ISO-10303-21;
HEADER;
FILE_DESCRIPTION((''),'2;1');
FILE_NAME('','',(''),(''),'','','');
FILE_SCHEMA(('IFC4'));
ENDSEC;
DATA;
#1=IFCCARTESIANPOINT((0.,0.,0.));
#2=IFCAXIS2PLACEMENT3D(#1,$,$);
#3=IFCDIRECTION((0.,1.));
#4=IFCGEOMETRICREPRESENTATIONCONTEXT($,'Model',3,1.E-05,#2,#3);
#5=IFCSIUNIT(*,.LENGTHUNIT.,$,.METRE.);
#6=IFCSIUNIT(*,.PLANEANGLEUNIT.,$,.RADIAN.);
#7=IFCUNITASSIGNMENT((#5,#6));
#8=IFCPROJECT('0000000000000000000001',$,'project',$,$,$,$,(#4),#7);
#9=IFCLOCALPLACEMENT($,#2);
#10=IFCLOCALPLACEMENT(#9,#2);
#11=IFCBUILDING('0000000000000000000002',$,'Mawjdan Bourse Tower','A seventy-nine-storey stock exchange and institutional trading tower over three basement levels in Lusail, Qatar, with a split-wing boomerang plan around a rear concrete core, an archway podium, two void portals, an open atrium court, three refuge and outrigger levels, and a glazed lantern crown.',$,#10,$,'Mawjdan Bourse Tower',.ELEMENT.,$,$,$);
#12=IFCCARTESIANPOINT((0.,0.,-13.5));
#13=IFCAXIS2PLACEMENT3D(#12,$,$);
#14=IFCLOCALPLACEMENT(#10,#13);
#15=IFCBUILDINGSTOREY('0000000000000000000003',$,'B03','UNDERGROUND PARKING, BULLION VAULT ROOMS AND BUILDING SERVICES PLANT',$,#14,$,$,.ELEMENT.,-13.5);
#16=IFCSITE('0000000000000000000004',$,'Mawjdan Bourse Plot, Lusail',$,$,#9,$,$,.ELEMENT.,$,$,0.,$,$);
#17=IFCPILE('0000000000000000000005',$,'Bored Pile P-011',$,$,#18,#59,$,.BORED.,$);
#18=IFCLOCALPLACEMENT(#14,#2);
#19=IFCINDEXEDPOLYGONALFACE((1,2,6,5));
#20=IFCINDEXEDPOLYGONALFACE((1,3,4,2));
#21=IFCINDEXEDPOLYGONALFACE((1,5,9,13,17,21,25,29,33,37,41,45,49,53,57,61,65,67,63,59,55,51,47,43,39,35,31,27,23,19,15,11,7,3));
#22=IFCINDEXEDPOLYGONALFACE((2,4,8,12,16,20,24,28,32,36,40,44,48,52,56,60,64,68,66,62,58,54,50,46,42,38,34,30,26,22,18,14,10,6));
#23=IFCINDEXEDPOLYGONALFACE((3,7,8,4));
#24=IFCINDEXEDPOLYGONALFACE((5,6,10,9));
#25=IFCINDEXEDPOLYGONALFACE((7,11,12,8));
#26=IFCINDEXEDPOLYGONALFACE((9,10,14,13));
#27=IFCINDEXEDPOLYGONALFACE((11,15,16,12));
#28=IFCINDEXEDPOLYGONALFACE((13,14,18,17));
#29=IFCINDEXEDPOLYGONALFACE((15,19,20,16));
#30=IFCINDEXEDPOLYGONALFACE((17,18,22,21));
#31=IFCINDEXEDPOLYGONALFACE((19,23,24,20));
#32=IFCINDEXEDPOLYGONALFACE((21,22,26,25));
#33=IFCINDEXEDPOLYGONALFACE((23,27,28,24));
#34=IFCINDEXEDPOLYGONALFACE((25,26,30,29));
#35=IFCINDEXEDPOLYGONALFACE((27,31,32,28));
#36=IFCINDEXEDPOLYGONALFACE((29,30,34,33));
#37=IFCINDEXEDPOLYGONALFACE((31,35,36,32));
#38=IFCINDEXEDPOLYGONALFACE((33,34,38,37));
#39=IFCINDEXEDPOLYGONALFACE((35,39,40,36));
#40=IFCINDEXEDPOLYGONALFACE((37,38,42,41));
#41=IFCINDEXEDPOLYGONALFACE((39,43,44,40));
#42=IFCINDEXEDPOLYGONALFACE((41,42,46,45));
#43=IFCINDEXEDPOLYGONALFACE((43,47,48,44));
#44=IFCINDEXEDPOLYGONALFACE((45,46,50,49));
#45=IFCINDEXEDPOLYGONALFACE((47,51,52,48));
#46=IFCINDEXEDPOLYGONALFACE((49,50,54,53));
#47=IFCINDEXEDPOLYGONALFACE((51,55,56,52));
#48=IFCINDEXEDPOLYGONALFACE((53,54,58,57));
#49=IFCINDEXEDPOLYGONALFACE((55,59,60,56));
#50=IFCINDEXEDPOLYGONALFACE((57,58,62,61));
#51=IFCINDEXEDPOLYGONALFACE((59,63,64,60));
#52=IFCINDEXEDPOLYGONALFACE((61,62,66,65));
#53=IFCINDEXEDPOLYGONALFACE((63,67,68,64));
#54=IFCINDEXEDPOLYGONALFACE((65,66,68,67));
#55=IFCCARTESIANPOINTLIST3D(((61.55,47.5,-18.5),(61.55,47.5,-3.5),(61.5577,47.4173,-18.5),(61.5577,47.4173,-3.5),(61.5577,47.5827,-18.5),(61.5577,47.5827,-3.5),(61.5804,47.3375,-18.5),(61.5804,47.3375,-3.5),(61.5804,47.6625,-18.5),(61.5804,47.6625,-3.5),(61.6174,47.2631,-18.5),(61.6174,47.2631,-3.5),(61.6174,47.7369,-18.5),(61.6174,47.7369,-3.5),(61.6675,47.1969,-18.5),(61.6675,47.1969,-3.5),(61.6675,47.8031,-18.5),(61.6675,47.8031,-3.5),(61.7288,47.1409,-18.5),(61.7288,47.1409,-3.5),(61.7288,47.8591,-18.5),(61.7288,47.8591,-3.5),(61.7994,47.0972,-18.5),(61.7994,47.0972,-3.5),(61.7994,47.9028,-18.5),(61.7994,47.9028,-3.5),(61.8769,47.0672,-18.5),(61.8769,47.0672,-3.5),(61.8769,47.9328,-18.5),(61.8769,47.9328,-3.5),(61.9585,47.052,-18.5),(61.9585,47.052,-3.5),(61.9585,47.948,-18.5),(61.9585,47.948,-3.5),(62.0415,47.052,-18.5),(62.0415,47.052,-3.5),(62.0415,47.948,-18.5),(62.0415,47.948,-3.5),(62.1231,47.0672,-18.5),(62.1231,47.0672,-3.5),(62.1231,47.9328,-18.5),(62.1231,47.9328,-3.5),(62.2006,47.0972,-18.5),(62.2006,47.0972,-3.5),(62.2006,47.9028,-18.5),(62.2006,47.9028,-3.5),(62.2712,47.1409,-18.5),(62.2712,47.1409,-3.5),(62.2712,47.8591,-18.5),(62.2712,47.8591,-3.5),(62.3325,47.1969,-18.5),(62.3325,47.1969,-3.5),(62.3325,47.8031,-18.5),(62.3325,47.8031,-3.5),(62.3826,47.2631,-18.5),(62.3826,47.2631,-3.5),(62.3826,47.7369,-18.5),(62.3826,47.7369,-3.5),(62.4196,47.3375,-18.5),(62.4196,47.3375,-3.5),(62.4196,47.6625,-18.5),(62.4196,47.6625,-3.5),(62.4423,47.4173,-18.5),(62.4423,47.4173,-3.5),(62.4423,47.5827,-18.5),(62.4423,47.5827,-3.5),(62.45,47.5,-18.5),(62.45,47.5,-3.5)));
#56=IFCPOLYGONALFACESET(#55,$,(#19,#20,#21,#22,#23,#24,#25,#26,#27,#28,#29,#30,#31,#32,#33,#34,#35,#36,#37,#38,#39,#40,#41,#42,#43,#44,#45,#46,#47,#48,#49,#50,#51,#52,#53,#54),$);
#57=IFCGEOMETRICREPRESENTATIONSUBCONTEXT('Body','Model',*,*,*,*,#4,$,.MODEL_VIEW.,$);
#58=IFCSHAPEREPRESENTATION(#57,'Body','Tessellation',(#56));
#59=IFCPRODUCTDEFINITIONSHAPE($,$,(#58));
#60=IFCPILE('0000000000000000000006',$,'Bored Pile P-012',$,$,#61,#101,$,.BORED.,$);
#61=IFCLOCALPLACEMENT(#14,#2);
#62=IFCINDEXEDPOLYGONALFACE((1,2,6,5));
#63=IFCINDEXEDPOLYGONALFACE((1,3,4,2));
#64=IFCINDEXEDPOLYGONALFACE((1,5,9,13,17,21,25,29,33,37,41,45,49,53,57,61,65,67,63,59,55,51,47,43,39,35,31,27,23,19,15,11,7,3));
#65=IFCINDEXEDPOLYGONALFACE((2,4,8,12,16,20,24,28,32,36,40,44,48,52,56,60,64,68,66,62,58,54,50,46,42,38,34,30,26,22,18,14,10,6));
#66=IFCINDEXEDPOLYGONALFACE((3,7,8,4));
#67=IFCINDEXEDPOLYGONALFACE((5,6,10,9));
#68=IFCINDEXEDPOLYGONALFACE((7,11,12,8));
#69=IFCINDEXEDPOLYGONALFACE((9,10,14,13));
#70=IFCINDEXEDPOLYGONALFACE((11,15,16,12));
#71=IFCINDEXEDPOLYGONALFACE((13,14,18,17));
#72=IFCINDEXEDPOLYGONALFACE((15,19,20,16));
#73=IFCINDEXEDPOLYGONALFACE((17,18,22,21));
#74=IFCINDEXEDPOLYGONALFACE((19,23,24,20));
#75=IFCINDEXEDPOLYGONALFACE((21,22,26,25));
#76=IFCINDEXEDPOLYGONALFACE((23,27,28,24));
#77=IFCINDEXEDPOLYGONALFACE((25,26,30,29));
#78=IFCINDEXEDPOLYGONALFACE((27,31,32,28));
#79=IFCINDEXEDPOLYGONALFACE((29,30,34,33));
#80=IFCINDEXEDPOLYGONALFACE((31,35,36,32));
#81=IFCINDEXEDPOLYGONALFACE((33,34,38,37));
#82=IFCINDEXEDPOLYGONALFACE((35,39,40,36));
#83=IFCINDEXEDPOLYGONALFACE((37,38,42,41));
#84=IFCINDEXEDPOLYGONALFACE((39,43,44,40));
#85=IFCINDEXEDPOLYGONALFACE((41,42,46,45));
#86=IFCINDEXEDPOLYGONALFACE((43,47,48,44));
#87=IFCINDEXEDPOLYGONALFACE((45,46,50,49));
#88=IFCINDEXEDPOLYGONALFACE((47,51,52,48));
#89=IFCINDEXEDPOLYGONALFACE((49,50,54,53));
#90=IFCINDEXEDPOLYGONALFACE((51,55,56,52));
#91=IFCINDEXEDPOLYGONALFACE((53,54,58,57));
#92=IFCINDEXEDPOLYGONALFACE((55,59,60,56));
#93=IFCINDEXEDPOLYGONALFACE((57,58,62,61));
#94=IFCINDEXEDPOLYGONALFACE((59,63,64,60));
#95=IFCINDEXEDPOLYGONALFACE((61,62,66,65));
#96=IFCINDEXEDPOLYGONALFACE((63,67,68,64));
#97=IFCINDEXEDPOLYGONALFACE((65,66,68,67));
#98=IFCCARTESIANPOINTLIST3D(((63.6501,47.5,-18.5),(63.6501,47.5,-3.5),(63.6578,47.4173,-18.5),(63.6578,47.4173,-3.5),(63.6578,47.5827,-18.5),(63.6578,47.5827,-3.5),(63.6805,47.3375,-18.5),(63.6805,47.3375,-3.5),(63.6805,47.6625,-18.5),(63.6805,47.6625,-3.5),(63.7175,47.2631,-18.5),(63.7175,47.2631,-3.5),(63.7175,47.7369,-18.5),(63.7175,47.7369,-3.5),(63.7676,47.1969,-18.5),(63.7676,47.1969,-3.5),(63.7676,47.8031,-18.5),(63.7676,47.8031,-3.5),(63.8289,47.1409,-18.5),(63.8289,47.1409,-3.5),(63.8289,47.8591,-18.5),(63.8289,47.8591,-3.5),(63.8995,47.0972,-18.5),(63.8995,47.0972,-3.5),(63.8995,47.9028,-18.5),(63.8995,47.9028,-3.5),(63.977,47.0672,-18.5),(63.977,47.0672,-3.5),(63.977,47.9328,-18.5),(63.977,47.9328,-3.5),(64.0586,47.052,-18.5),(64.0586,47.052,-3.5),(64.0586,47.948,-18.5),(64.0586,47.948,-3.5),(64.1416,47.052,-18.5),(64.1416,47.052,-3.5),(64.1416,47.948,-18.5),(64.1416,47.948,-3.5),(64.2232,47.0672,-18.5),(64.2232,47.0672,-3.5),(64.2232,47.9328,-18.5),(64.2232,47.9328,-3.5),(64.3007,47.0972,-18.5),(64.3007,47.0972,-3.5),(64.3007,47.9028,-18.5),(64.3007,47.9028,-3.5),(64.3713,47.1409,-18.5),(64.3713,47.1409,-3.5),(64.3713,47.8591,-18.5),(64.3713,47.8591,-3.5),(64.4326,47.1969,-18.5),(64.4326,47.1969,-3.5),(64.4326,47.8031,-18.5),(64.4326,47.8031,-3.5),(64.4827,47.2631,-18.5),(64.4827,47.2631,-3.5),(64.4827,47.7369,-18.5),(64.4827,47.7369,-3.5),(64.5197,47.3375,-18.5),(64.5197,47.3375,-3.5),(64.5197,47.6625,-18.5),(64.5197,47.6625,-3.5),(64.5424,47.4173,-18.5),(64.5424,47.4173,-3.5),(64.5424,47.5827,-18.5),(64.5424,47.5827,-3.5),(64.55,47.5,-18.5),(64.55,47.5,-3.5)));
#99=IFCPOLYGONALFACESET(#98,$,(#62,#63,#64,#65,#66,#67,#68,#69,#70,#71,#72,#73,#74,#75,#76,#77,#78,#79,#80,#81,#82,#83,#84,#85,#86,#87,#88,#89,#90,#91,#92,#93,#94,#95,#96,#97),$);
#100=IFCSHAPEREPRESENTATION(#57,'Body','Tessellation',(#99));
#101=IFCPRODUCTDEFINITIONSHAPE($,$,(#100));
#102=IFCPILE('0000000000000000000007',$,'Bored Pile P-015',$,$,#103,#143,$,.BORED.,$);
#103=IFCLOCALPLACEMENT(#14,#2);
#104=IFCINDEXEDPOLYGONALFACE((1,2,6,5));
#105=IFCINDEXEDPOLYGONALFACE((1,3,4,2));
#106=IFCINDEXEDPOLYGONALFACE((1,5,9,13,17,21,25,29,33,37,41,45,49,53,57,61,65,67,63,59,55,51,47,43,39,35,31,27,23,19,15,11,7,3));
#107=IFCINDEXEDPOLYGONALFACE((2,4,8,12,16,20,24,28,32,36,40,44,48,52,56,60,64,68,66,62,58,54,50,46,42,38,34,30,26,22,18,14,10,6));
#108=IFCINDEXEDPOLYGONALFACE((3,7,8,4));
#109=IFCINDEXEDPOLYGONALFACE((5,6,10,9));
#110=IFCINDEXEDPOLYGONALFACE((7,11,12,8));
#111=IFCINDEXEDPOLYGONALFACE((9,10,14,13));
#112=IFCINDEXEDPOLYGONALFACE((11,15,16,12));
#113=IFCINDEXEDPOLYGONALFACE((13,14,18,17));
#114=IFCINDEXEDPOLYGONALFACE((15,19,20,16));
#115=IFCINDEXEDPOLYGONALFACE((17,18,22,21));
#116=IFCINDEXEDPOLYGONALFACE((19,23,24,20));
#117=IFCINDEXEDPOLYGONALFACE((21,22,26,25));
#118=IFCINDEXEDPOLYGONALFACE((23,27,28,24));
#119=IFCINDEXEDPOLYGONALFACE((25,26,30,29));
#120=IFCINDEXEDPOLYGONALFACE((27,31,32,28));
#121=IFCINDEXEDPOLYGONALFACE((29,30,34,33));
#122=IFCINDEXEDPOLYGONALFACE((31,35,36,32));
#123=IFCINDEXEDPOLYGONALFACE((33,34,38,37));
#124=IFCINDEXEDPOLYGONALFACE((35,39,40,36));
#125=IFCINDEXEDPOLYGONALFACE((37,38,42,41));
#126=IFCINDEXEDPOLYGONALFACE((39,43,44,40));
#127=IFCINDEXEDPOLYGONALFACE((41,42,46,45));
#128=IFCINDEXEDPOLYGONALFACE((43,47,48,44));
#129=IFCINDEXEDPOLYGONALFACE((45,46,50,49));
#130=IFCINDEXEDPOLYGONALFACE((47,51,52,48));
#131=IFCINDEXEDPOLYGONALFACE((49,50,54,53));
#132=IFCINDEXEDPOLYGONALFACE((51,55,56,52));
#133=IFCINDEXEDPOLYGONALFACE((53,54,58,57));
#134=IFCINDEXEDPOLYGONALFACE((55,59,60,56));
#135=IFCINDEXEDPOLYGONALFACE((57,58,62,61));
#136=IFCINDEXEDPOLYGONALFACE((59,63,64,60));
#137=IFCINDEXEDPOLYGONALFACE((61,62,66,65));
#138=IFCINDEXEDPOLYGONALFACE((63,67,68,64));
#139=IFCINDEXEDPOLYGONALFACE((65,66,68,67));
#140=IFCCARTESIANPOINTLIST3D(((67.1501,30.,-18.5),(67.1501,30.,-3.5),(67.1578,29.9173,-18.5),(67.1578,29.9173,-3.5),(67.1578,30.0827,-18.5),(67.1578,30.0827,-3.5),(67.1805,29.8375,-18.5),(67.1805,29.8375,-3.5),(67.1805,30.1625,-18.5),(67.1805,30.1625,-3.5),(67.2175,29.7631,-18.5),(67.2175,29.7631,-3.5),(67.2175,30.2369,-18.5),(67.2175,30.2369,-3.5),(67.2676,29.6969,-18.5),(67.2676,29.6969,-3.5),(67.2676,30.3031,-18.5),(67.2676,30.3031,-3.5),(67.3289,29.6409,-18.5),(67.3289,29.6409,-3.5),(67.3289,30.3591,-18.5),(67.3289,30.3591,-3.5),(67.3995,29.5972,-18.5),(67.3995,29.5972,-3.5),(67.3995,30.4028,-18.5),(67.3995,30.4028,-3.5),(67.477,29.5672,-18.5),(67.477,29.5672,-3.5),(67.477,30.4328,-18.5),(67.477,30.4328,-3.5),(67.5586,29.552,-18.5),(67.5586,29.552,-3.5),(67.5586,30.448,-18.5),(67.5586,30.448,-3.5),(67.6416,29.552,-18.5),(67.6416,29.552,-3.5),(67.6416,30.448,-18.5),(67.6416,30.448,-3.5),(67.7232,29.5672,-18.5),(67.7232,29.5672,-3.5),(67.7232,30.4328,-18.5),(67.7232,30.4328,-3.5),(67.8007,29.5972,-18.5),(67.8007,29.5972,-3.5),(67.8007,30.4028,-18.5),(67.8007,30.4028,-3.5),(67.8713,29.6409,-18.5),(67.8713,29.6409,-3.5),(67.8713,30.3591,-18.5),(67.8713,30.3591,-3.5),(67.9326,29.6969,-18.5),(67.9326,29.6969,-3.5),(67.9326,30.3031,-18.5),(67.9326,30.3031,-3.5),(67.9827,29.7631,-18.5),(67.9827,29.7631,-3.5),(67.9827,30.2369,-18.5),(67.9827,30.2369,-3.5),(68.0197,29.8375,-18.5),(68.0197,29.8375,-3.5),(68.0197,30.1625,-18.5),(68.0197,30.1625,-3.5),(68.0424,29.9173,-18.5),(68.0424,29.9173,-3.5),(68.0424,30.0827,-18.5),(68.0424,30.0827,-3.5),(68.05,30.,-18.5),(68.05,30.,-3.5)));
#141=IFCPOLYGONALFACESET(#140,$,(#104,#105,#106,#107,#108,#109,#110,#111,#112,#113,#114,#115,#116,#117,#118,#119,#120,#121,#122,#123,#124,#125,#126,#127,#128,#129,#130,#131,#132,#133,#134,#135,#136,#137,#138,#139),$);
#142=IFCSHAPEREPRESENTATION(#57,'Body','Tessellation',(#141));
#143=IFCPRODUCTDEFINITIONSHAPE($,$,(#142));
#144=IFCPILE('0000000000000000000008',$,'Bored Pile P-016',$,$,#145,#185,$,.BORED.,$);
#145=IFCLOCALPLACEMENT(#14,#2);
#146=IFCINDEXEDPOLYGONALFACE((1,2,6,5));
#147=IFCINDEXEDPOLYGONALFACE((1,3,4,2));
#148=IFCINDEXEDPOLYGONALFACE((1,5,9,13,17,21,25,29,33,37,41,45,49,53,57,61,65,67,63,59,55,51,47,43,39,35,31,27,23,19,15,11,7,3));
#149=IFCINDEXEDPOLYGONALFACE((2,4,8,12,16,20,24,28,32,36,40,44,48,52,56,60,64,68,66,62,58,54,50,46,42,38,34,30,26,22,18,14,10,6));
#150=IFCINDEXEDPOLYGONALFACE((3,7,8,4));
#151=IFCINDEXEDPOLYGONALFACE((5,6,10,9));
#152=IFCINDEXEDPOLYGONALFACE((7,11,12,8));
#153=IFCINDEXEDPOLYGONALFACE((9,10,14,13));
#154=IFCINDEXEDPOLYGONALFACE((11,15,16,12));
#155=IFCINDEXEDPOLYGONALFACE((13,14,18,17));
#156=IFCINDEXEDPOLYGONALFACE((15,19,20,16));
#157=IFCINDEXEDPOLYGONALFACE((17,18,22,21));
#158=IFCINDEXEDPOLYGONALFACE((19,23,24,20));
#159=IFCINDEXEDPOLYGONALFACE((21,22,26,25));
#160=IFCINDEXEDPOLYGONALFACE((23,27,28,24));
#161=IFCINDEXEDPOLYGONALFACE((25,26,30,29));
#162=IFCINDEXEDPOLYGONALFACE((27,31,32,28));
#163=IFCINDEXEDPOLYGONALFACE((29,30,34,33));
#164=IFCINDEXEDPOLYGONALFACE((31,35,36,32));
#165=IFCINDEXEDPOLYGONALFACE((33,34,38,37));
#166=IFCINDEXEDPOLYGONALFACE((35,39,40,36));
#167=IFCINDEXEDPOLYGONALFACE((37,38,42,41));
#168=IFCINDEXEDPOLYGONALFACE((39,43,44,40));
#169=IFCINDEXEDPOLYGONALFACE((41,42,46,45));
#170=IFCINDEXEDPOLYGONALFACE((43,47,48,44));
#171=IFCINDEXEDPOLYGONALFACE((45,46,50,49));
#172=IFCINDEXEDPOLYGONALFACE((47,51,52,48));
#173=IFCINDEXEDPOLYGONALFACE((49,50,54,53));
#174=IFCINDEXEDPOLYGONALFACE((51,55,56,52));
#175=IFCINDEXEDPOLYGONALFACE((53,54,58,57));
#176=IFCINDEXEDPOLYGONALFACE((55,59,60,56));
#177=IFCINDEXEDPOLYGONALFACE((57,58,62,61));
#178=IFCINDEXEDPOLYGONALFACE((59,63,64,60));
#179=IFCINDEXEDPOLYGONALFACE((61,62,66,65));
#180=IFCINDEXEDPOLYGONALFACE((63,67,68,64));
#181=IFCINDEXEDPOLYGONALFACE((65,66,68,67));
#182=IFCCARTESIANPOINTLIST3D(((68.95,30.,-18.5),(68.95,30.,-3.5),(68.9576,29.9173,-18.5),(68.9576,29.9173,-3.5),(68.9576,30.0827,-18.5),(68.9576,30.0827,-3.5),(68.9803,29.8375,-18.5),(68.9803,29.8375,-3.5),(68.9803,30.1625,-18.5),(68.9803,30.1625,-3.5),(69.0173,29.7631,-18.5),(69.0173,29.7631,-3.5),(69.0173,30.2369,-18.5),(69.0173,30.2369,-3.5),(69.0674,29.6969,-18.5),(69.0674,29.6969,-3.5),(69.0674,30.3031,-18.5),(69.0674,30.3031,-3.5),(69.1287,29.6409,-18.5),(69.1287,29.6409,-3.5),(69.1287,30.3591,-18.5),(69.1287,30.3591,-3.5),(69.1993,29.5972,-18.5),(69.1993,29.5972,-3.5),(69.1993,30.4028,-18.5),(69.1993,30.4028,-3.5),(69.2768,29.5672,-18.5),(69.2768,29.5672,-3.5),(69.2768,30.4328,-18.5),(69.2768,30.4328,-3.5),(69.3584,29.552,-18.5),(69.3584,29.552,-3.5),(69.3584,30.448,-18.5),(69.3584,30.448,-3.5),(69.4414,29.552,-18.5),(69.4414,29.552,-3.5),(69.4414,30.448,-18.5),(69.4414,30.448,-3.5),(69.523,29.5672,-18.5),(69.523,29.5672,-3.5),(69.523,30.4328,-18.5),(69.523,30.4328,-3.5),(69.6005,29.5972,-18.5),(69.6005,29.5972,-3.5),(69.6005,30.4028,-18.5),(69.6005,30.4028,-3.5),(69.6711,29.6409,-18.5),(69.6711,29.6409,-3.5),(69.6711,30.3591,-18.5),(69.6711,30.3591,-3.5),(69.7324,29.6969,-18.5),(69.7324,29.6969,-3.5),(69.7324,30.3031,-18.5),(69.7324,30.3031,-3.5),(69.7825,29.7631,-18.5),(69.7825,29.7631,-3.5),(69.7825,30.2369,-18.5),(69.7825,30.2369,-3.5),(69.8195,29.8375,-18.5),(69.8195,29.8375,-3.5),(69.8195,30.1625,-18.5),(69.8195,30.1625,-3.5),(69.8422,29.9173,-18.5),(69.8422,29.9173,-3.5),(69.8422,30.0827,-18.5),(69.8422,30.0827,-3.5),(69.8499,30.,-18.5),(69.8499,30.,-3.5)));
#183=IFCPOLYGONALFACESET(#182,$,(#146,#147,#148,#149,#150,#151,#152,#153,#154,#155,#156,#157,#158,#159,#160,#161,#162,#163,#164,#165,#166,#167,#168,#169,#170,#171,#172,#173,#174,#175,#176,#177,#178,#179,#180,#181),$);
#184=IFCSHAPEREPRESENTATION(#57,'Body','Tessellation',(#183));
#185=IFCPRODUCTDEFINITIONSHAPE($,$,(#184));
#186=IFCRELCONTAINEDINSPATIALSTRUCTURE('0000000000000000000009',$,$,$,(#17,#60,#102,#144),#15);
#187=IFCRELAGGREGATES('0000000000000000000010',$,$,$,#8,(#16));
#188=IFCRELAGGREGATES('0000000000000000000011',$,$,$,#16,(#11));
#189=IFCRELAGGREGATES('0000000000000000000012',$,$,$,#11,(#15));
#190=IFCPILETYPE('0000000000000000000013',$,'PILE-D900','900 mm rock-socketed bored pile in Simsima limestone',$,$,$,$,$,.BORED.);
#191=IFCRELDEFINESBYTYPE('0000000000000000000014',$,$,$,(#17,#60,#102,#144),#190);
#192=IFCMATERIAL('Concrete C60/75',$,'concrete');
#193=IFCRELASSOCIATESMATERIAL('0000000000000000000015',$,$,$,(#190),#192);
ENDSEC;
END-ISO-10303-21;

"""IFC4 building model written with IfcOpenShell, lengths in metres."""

from ifc_helpers import new_model, si_unit, direction, frame, origin, origin_2d, place, context, subcontext, project, spatial, circle, extrude, material, material_profile, profile_set, type_object, element, save


model = new_model("IFC4")

# Units and contexts
model_context = context("Model", 3, precision=1e-05, world=origin(), true_north=direction((0.0, 1.0)))
body_context = subcontext(model_context, "Body", "Model", "MODEL_VIEW")
ifc_project = project(units=[si_unit("LENGTHUNIT", "METRE"), si_unit("PLANEANGLEUNIT", "RADIAN")], contexts=[model_context])

# Site, building, storey
site_placement = place(None, origin())
site = spatial("IfcSite", under=ifc_project, at=site_placement, Name="Mawjdan Bourse Plot, Lusail", CompositionType="ELEMENT", RefElevation=0.0)
building_placement = place(site_placement, origin())
building = spatial("IfcBuilding", under=site, at=building_placement, Name="Mawjdan Bourse Tower", Description="A seventy-nine-storey stock exchange and institutional trading tower over three basement levels in Lusail, Qatar, with a split-wing boomerang plan around a rear concrete core, an archway podium, two void portals, an open atrium court, three refuge and outrigger levels, and a glazed lantern crown.", LongName="Mawjdan Bourse Tower", CompositionType="ELEMENT")
storey_placement = place(building_placement, frame((0.0, 0.0, -13.5)))
storey = spatial("IfcBuildingStorey", under=building, at=storey_placement, Name="B03", Description="UNDERGROUND PARKING, BULLION VAULT ROOMS AND BUILDING SERVICES PLANT", CompositionType="ELEMENT", Elevation=-13.5)

# Shared definitions
ifc_material_1 = material(Name="Concrete C60/75", Category="concrete")

# Piles
ifc_material_profile_1 = material_profile(ifc_material_1, circle(Radius=0.45, at=origin_2d()), Name="PILE-D900")
ifc_profile_set_1 = profile_set([ifc_material_profile_1], Name="Concrete C60/75")
pile_type = type_object("IfcPileType", Name="PILE-D900", Description="900 mm rock-socketed bored pile in Simsima limestone", PredefinedType="BORED", material=ifc_profile_set_1)
for number, where, z_axis, x_axis, name in (
    (1, (62.0, 47.5, -3.5), (0.0, 0.0, -1.0), (1.0, 0.0, 0.0), "Bored Pile P-011"),
    (2, (64.1001, 47.5, -3.5), (0.0, 0.0, -1.0), (1.0, 0.0, 0.0), "Bored Pile P-012"),
    (3, (67.6001, 30.0, -3.5), (0.0, 0.0, -1.0), (1.0, 0.0, 0.0), "Bored Pile P-015"),
    (4, (69.3999, 30.0, -3.5), (0.0, 0.0, -1.0), (1.0, 0.0, 0.0), "Bored Pile P-016"),
):
    element("IfcPile", number, at=place(storey_placement, frame(where, z_axis=z_axis, x_axis=x_axis)), inside=storey, type_object=pile_type, Name=name, PredefinedType="BORED", context=body_context, shape_type="SweptSolid", body=[
        extrude(circle(Radius=0.45, at=origin_2d()), origin(), (0.0, 0.0, 1.0), 15.0),
    ])

save(model, "model.ifc")
